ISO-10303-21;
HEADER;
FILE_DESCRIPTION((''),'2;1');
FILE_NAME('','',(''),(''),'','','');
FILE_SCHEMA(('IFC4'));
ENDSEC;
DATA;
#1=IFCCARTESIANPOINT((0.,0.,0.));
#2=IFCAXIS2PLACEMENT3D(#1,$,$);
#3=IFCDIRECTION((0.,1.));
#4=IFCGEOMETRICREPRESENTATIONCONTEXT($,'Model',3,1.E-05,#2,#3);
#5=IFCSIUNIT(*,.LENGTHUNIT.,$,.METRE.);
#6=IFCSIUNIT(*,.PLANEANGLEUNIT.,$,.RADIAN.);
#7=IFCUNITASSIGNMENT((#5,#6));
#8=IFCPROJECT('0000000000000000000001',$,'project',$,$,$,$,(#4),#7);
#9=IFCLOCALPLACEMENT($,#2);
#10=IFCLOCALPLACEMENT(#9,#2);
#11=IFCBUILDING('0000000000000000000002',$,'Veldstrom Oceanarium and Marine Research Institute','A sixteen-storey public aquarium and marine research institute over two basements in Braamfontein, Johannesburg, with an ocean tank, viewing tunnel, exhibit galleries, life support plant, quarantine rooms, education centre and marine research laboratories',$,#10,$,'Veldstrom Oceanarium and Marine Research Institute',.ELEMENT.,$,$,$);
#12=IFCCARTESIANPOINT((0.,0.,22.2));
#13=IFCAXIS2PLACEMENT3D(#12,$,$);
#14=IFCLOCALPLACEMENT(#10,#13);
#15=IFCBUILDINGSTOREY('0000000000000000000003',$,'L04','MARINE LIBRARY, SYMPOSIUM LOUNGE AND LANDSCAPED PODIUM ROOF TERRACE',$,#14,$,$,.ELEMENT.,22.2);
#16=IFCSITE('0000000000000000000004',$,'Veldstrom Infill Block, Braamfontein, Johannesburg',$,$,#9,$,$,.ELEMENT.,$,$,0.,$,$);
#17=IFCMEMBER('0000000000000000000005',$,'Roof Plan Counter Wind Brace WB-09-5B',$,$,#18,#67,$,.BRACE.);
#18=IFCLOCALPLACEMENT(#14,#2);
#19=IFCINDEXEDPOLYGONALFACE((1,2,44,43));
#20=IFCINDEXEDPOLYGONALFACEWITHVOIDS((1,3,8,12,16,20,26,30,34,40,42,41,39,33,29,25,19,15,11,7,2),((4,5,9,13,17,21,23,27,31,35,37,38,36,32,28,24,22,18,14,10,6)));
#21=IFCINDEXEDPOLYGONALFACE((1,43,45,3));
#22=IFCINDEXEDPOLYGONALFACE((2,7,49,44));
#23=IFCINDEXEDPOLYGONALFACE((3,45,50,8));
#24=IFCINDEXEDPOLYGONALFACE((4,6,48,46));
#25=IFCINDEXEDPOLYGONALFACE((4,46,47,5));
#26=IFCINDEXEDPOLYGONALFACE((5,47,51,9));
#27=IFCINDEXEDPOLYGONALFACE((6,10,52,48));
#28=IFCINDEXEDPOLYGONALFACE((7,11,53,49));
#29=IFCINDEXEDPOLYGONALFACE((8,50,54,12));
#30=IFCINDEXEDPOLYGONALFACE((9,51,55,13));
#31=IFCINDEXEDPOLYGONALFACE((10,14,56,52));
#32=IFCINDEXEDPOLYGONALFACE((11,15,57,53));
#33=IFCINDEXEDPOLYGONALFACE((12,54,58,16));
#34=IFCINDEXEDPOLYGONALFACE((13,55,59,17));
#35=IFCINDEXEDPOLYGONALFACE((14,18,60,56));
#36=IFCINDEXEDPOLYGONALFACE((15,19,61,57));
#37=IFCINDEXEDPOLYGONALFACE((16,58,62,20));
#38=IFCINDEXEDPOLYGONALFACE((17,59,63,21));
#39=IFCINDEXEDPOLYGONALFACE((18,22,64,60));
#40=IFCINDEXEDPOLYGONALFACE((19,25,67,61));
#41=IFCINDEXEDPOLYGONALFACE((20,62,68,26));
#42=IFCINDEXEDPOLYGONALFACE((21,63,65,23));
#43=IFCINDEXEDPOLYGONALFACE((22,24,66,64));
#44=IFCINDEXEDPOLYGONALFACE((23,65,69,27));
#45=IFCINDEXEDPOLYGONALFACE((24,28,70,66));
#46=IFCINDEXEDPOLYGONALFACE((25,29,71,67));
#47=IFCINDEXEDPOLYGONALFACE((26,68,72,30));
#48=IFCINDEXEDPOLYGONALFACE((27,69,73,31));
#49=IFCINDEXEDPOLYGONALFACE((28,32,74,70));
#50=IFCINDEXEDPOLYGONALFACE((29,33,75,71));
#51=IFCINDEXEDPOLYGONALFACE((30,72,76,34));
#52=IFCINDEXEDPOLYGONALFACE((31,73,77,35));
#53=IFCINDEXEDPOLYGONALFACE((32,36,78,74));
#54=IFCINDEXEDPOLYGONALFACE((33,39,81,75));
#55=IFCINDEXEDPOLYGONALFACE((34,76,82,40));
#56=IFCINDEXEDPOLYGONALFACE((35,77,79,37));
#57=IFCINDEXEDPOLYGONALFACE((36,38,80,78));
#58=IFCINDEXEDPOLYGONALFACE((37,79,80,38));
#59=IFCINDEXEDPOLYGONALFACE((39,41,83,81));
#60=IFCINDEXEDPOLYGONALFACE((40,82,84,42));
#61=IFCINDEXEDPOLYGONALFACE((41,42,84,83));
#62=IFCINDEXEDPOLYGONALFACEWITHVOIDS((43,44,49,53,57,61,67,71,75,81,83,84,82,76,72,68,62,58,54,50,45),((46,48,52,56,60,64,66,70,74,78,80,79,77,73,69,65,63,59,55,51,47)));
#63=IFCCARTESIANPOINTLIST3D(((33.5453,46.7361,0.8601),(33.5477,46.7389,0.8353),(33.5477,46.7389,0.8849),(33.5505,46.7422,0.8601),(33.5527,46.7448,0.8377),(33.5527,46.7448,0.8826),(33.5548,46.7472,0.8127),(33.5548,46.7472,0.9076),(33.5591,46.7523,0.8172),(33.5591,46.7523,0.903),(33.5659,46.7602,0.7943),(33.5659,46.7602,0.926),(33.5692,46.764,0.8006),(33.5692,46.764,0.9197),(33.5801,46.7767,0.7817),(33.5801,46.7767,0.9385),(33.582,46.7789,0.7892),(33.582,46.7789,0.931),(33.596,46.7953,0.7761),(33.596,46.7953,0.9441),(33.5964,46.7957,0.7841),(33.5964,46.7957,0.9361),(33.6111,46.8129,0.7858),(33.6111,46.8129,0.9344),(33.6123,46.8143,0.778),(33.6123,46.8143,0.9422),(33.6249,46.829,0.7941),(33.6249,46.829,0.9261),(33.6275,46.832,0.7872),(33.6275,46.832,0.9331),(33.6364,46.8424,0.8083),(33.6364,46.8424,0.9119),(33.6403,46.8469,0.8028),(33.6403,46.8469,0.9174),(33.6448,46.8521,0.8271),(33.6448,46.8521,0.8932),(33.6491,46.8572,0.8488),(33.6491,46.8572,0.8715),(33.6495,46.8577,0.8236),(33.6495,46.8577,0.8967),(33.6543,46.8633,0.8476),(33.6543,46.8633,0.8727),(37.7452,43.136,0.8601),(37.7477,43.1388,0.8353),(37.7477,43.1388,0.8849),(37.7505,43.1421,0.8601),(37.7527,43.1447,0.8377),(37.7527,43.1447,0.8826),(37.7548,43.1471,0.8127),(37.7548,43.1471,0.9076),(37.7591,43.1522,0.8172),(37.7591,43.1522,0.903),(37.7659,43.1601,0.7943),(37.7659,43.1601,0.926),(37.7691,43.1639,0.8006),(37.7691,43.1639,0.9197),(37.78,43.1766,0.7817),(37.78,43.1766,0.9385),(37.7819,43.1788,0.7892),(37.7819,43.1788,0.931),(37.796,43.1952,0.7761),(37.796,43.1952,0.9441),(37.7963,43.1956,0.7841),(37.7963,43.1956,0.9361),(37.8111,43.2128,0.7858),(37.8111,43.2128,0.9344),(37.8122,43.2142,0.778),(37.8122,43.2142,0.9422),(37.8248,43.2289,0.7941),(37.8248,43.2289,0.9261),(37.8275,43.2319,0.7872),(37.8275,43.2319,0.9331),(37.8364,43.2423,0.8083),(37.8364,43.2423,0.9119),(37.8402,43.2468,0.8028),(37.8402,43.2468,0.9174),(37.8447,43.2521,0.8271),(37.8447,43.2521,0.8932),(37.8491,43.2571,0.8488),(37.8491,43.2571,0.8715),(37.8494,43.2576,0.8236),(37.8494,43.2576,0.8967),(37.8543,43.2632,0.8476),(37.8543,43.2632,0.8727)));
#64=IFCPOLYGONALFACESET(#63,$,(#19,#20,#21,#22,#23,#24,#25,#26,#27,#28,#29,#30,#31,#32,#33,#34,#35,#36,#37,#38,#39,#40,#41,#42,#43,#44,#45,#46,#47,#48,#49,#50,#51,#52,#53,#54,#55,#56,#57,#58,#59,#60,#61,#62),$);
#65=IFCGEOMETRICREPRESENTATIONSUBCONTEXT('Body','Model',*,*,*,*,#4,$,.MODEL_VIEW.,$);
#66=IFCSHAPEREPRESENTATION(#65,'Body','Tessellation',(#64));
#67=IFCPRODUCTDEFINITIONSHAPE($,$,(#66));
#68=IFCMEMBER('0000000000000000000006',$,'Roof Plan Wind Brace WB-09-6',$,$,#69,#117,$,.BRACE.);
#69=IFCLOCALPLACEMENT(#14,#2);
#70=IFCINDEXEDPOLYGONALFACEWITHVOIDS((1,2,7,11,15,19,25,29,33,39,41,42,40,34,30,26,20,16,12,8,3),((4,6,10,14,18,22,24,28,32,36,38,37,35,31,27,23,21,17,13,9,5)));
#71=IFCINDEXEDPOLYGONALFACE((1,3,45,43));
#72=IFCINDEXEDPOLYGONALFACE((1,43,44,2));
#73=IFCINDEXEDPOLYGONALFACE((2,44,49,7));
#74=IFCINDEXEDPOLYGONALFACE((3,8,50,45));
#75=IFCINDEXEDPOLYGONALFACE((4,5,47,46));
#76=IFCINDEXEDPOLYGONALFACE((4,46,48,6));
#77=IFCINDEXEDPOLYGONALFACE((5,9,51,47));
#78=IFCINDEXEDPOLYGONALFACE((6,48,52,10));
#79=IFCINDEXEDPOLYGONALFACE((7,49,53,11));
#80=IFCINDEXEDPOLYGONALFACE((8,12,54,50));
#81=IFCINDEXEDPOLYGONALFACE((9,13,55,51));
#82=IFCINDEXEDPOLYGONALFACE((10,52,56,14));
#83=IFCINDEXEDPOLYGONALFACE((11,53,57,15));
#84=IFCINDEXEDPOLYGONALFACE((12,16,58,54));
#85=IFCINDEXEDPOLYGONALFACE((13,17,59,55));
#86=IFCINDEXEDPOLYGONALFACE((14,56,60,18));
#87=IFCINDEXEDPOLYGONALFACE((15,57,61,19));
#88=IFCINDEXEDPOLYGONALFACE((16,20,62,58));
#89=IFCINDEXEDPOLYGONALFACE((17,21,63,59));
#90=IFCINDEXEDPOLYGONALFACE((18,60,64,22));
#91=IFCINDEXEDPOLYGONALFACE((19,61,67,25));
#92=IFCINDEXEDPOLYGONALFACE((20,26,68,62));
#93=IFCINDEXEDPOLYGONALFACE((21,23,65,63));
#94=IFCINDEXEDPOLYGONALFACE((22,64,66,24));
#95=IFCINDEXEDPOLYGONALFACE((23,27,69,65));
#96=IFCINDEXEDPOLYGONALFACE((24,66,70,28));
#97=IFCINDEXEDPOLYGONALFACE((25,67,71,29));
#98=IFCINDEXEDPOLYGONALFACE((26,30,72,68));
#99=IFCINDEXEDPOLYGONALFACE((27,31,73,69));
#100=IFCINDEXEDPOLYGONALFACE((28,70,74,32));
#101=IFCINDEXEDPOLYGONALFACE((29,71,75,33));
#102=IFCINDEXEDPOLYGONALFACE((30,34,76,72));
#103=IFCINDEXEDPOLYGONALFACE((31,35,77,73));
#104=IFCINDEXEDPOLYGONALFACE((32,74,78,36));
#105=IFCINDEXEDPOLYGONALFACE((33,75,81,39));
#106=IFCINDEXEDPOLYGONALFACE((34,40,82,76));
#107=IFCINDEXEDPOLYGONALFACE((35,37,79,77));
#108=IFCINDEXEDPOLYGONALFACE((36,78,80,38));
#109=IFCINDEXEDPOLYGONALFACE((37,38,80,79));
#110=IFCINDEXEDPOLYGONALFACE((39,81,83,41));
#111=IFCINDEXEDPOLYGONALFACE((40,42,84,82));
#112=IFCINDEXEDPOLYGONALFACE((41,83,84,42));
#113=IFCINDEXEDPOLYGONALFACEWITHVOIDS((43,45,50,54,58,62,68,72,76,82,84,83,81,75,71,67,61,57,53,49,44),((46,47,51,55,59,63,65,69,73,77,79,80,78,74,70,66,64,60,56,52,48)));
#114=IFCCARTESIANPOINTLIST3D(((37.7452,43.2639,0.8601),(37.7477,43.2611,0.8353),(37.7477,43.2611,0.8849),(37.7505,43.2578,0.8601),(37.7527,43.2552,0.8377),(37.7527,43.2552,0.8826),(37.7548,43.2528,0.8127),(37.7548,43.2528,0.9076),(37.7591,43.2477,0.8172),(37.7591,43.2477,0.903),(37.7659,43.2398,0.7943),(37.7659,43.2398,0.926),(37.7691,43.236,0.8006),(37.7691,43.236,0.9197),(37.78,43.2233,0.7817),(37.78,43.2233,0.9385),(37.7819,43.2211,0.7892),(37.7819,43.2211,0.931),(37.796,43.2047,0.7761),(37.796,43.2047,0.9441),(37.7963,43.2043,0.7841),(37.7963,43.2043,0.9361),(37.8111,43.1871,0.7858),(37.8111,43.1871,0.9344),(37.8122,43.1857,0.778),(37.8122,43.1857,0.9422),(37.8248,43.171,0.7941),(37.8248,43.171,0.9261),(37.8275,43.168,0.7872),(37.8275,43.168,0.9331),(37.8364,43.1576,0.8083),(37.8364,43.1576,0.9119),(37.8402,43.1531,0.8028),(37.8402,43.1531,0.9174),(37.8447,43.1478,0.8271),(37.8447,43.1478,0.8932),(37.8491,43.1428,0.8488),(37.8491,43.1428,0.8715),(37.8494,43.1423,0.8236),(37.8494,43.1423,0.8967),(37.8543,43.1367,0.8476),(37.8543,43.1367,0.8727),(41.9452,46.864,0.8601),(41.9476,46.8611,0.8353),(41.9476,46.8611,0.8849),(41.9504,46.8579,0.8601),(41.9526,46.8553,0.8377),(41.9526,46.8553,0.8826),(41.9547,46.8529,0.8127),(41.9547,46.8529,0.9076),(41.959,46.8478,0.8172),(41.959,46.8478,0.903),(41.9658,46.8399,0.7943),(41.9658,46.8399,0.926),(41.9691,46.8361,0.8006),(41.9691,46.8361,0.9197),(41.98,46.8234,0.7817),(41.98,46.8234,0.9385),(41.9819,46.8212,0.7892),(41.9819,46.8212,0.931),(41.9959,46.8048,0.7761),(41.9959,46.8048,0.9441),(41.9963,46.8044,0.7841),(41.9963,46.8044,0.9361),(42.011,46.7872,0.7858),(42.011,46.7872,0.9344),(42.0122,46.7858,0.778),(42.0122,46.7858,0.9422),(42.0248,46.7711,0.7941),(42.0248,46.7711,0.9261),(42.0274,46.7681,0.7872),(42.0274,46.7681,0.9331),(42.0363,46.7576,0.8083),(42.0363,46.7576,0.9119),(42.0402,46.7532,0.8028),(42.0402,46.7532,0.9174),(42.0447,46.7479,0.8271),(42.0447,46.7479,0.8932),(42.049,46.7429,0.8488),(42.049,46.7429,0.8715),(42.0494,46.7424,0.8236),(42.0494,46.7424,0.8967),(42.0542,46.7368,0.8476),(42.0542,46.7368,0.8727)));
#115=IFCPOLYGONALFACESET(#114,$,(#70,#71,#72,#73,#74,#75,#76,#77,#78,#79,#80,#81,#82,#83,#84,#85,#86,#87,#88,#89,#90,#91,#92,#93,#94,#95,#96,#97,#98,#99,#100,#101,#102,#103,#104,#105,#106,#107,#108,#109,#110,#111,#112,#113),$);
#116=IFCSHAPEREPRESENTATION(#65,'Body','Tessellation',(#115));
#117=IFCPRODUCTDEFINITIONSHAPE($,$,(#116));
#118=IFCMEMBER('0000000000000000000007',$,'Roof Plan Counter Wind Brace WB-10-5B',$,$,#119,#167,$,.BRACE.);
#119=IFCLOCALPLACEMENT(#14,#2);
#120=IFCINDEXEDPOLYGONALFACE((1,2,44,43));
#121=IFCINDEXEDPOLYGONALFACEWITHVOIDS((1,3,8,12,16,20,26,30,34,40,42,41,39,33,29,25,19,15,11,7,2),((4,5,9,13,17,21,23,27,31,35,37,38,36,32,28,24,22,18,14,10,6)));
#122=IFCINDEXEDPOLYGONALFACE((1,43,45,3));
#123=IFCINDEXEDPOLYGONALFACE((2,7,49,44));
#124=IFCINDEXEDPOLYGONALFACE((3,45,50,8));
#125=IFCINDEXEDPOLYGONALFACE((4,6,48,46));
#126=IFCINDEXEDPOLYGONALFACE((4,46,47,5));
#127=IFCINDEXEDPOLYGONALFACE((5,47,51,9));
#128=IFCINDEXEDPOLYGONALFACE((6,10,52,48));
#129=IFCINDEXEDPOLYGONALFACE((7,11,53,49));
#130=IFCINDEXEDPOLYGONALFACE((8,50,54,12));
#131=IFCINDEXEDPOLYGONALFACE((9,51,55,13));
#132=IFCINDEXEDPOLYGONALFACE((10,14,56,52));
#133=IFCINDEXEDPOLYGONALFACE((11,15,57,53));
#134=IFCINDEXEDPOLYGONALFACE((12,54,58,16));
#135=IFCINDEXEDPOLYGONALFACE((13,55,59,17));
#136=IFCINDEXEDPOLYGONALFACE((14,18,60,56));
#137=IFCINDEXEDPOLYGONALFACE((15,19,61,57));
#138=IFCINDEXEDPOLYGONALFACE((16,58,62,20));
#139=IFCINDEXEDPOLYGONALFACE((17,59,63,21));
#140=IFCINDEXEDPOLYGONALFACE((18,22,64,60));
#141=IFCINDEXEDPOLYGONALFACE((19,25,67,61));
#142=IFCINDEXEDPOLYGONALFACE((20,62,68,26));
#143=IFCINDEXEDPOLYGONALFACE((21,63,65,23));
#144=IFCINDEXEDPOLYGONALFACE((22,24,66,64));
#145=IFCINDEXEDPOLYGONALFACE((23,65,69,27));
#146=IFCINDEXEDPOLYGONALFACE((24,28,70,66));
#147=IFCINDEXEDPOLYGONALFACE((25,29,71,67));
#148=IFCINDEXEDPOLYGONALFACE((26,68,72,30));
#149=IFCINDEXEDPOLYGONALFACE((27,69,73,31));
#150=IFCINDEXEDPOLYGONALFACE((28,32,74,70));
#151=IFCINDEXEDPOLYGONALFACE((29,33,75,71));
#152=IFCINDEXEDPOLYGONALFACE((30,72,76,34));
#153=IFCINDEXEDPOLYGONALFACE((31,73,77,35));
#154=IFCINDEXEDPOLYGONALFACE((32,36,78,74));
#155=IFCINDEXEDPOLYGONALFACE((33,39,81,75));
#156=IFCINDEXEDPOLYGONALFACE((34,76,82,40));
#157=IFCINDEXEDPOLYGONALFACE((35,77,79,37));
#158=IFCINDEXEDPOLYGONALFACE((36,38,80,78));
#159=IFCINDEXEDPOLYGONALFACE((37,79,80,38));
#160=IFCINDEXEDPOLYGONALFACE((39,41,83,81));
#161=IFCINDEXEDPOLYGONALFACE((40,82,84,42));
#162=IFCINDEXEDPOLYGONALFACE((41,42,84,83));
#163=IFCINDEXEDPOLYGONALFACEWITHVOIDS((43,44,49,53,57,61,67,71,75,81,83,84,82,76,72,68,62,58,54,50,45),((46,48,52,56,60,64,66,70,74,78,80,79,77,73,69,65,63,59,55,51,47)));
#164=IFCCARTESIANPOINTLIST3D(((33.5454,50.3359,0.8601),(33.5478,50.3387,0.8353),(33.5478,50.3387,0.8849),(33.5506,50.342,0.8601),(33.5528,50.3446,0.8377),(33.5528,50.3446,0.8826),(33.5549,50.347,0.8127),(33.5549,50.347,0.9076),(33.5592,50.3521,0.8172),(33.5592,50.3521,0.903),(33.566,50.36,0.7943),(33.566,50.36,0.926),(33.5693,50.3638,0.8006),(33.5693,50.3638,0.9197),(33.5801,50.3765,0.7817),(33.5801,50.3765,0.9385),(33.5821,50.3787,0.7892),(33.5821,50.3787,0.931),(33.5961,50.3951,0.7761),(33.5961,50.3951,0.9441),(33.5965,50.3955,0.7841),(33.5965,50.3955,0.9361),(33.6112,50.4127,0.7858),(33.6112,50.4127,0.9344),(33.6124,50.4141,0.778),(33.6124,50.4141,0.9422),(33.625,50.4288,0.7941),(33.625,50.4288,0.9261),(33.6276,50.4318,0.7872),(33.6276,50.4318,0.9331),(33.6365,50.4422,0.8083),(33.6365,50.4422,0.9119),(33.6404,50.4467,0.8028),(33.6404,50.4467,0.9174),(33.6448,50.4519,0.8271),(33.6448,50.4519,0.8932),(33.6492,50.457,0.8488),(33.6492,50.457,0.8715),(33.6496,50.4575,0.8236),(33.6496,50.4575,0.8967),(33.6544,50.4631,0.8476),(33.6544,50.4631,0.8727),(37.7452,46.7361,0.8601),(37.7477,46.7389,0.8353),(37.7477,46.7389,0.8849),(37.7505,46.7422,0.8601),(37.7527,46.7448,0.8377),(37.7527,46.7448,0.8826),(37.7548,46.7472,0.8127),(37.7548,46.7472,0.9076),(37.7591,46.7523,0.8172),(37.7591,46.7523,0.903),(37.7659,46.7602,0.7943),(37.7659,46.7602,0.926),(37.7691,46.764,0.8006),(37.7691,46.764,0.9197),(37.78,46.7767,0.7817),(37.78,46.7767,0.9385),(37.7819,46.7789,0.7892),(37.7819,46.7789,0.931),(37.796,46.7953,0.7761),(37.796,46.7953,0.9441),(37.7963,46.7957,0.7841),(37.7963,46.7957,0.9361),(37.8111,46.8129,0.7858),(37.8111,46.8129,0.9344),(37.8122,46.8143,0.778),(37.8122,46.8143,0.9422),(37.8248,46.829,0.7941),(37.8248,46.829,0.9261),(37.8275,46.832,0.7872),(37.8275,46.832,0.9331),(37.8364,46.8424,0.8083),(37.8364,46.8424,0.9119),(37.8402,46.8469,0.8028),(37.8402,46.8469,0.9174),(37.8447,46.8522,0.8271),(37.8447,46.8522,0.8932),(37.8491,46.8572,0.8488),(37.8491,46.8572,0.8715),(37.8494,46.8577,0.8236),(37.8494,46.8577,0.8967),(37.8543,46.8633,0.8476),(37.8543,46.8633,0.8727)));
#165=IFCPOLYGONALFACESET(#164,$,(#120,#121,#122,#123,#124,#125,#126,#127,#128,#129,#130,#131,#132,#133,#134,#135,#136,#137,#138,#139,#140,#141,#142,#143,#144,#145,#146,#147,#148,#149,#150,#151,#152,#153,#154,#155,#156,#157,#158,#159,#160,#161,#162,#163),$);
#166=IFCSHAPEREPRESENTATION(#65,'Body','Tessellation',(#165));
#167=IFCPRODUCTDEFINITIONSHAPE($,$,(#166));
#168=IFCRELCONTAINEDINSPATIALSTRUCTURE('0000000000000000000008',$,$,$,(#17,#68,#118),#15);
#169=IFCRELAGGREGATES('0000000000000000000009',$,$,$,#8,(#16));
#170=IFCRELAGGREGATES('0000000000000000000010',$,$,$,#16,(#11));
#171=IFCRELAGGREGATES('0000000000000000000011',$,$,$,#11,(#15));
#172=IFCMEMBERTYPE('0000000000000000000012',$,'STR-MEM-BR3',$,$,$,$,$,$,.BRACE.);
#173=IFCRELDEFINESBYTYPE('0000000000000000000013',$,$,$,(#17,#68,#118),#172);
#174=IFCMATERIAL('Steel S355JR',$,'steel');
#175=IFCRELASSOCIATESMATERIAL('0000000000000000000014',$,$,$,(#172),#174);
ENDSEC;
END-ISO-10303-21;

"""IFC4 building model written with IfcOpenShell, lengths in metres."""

from ifc_helpers import new_model, si_unit, direction, frame, origin, origin_2d, place, context, subcontext, project, spatial, hollow_circle, extrude, material, material_profile, profile_set, type_object, element, save


model = new_model("IFC4")

# Units and contexts
model_context = context("Model", 3, precision=1e-05, world=origin(), true_north=direction((0.0, 1.0)))
body_context = subcontext(model_context, "Body", "Model", "MODEL_VIEW")
ifc_project = project(units=[si_unit("LENGTHUNIT", "METRE"), si_unit("PLANEANGLEUNIT", "RADIAN")], contexts=[model_context])

# Site, building, storey
site_placement = place(None, origin())
site = spatial("IfcSite", under=ifc_project, at=site_placement, Name="Veldstrom Infill Block, Braamfontein, Johannesburg", CompositionType="ELEMENT", RefElevation=0.0)
building_placement = place(site_placement, origin())
building = spatial("IfcBuilding", under=site, at=building_placement, Name="Veldstrom Oceanarium and Marine Research Institute", Description="A sixteen-storey public aquarium and marine research institute over two basements in Braamfontein, Johannesburg, with an ocean tank, viewing tunnel, exhibit galleries, life support plant, quarantine rooms, education centre and marine research laboratories", LongName="Veldstrom Oceanarium and Marine Research Institute", CompositionType="ELEMENT")
storey_placement = place(building_placement, frame((0.0, 0.0, 22.2)))
storey = spatial("IfcBuildingStorey", under=building, at=storey_placement, Name="L04", Description="MARINE LIBRARY, SYMPOSIUM LOUNGE AND LANDSCAPED PODIUM ROOF TERRACE", CompositionType="ELEMENT", Elevation=22.2)

# Members
ifc_material_1 = material(Name="Steel S355JR", Category="steel")
ifc_material_profile_1 = material_profile(ifc_material_1, hollow_circle(Radius=0.0842, WallThickness=0.0081, at=origin_2d()), Name="CHS 168.3x8")
ifc_profile_set_1 = profile_set([ifc_material_profile_1], Name="Steel S355JR")
member_type_1 = type_object("IfcMemberType", Name="STR-MEM-BR3", PredefinedType="BRACE", material=ifc_profile_set_1)
for number, where, z_axis, x_axis, name in (
    (1, (37.8, 43.2, 0.8601), (-0.759244, 0.650806, 0.0), (-0.650806, -0.759244, 0.0), "Roof Plan Counter Wind Brace WB-09-5B"),
    (2, (37.8, 43.2, 0.8601), (0.759244, 0.650806, 0.0), (-0.650806, 0.759244, 0.0), "Roof Plan Wind Brace WB-09-6"),
):
    element("IfcMember", number, at=place(storey_placement, frame(where, z_axis=z_axis, x_axis=x_axis)), inside=storey, type_object=member_type_1, Name=name, PredefinedType="BRACE", context=body_context, shape_type="SweptSolid", body=[
        extrude(hollow_circle(Radius=0.0842, WallThickness=0.0081, at=origin_2d()), origin(), (0.0, 0.0, 1.0), 5.5317),
    ])
for number, where, z_axis, x_axis, name in (
    (3, (37.8, 46.8, 0.8601), (-0.759266, 0.65078, 0.0), (-0.65078, -0.759266, 0.0), "Roof Plan Counter Wind Brace WB-10-5B"),
):
    element("IfcMember", number, at=place(storey_placement, frame(where, z_axis=z_axis, x_axis=x_axis)), inside=storey, type_object=member_type_1, Name=name, PredefinedType="BRACE", context=body_context, shape_type="SweptSolid", body=[
        extrude(hollow_circle(Radius=0.0842, WallThickness=0.0081, at=origin_2d()), origin(), (0.0, 0.0, 1.0), 5.5315),
    ])

save(model, "model.ifc")
